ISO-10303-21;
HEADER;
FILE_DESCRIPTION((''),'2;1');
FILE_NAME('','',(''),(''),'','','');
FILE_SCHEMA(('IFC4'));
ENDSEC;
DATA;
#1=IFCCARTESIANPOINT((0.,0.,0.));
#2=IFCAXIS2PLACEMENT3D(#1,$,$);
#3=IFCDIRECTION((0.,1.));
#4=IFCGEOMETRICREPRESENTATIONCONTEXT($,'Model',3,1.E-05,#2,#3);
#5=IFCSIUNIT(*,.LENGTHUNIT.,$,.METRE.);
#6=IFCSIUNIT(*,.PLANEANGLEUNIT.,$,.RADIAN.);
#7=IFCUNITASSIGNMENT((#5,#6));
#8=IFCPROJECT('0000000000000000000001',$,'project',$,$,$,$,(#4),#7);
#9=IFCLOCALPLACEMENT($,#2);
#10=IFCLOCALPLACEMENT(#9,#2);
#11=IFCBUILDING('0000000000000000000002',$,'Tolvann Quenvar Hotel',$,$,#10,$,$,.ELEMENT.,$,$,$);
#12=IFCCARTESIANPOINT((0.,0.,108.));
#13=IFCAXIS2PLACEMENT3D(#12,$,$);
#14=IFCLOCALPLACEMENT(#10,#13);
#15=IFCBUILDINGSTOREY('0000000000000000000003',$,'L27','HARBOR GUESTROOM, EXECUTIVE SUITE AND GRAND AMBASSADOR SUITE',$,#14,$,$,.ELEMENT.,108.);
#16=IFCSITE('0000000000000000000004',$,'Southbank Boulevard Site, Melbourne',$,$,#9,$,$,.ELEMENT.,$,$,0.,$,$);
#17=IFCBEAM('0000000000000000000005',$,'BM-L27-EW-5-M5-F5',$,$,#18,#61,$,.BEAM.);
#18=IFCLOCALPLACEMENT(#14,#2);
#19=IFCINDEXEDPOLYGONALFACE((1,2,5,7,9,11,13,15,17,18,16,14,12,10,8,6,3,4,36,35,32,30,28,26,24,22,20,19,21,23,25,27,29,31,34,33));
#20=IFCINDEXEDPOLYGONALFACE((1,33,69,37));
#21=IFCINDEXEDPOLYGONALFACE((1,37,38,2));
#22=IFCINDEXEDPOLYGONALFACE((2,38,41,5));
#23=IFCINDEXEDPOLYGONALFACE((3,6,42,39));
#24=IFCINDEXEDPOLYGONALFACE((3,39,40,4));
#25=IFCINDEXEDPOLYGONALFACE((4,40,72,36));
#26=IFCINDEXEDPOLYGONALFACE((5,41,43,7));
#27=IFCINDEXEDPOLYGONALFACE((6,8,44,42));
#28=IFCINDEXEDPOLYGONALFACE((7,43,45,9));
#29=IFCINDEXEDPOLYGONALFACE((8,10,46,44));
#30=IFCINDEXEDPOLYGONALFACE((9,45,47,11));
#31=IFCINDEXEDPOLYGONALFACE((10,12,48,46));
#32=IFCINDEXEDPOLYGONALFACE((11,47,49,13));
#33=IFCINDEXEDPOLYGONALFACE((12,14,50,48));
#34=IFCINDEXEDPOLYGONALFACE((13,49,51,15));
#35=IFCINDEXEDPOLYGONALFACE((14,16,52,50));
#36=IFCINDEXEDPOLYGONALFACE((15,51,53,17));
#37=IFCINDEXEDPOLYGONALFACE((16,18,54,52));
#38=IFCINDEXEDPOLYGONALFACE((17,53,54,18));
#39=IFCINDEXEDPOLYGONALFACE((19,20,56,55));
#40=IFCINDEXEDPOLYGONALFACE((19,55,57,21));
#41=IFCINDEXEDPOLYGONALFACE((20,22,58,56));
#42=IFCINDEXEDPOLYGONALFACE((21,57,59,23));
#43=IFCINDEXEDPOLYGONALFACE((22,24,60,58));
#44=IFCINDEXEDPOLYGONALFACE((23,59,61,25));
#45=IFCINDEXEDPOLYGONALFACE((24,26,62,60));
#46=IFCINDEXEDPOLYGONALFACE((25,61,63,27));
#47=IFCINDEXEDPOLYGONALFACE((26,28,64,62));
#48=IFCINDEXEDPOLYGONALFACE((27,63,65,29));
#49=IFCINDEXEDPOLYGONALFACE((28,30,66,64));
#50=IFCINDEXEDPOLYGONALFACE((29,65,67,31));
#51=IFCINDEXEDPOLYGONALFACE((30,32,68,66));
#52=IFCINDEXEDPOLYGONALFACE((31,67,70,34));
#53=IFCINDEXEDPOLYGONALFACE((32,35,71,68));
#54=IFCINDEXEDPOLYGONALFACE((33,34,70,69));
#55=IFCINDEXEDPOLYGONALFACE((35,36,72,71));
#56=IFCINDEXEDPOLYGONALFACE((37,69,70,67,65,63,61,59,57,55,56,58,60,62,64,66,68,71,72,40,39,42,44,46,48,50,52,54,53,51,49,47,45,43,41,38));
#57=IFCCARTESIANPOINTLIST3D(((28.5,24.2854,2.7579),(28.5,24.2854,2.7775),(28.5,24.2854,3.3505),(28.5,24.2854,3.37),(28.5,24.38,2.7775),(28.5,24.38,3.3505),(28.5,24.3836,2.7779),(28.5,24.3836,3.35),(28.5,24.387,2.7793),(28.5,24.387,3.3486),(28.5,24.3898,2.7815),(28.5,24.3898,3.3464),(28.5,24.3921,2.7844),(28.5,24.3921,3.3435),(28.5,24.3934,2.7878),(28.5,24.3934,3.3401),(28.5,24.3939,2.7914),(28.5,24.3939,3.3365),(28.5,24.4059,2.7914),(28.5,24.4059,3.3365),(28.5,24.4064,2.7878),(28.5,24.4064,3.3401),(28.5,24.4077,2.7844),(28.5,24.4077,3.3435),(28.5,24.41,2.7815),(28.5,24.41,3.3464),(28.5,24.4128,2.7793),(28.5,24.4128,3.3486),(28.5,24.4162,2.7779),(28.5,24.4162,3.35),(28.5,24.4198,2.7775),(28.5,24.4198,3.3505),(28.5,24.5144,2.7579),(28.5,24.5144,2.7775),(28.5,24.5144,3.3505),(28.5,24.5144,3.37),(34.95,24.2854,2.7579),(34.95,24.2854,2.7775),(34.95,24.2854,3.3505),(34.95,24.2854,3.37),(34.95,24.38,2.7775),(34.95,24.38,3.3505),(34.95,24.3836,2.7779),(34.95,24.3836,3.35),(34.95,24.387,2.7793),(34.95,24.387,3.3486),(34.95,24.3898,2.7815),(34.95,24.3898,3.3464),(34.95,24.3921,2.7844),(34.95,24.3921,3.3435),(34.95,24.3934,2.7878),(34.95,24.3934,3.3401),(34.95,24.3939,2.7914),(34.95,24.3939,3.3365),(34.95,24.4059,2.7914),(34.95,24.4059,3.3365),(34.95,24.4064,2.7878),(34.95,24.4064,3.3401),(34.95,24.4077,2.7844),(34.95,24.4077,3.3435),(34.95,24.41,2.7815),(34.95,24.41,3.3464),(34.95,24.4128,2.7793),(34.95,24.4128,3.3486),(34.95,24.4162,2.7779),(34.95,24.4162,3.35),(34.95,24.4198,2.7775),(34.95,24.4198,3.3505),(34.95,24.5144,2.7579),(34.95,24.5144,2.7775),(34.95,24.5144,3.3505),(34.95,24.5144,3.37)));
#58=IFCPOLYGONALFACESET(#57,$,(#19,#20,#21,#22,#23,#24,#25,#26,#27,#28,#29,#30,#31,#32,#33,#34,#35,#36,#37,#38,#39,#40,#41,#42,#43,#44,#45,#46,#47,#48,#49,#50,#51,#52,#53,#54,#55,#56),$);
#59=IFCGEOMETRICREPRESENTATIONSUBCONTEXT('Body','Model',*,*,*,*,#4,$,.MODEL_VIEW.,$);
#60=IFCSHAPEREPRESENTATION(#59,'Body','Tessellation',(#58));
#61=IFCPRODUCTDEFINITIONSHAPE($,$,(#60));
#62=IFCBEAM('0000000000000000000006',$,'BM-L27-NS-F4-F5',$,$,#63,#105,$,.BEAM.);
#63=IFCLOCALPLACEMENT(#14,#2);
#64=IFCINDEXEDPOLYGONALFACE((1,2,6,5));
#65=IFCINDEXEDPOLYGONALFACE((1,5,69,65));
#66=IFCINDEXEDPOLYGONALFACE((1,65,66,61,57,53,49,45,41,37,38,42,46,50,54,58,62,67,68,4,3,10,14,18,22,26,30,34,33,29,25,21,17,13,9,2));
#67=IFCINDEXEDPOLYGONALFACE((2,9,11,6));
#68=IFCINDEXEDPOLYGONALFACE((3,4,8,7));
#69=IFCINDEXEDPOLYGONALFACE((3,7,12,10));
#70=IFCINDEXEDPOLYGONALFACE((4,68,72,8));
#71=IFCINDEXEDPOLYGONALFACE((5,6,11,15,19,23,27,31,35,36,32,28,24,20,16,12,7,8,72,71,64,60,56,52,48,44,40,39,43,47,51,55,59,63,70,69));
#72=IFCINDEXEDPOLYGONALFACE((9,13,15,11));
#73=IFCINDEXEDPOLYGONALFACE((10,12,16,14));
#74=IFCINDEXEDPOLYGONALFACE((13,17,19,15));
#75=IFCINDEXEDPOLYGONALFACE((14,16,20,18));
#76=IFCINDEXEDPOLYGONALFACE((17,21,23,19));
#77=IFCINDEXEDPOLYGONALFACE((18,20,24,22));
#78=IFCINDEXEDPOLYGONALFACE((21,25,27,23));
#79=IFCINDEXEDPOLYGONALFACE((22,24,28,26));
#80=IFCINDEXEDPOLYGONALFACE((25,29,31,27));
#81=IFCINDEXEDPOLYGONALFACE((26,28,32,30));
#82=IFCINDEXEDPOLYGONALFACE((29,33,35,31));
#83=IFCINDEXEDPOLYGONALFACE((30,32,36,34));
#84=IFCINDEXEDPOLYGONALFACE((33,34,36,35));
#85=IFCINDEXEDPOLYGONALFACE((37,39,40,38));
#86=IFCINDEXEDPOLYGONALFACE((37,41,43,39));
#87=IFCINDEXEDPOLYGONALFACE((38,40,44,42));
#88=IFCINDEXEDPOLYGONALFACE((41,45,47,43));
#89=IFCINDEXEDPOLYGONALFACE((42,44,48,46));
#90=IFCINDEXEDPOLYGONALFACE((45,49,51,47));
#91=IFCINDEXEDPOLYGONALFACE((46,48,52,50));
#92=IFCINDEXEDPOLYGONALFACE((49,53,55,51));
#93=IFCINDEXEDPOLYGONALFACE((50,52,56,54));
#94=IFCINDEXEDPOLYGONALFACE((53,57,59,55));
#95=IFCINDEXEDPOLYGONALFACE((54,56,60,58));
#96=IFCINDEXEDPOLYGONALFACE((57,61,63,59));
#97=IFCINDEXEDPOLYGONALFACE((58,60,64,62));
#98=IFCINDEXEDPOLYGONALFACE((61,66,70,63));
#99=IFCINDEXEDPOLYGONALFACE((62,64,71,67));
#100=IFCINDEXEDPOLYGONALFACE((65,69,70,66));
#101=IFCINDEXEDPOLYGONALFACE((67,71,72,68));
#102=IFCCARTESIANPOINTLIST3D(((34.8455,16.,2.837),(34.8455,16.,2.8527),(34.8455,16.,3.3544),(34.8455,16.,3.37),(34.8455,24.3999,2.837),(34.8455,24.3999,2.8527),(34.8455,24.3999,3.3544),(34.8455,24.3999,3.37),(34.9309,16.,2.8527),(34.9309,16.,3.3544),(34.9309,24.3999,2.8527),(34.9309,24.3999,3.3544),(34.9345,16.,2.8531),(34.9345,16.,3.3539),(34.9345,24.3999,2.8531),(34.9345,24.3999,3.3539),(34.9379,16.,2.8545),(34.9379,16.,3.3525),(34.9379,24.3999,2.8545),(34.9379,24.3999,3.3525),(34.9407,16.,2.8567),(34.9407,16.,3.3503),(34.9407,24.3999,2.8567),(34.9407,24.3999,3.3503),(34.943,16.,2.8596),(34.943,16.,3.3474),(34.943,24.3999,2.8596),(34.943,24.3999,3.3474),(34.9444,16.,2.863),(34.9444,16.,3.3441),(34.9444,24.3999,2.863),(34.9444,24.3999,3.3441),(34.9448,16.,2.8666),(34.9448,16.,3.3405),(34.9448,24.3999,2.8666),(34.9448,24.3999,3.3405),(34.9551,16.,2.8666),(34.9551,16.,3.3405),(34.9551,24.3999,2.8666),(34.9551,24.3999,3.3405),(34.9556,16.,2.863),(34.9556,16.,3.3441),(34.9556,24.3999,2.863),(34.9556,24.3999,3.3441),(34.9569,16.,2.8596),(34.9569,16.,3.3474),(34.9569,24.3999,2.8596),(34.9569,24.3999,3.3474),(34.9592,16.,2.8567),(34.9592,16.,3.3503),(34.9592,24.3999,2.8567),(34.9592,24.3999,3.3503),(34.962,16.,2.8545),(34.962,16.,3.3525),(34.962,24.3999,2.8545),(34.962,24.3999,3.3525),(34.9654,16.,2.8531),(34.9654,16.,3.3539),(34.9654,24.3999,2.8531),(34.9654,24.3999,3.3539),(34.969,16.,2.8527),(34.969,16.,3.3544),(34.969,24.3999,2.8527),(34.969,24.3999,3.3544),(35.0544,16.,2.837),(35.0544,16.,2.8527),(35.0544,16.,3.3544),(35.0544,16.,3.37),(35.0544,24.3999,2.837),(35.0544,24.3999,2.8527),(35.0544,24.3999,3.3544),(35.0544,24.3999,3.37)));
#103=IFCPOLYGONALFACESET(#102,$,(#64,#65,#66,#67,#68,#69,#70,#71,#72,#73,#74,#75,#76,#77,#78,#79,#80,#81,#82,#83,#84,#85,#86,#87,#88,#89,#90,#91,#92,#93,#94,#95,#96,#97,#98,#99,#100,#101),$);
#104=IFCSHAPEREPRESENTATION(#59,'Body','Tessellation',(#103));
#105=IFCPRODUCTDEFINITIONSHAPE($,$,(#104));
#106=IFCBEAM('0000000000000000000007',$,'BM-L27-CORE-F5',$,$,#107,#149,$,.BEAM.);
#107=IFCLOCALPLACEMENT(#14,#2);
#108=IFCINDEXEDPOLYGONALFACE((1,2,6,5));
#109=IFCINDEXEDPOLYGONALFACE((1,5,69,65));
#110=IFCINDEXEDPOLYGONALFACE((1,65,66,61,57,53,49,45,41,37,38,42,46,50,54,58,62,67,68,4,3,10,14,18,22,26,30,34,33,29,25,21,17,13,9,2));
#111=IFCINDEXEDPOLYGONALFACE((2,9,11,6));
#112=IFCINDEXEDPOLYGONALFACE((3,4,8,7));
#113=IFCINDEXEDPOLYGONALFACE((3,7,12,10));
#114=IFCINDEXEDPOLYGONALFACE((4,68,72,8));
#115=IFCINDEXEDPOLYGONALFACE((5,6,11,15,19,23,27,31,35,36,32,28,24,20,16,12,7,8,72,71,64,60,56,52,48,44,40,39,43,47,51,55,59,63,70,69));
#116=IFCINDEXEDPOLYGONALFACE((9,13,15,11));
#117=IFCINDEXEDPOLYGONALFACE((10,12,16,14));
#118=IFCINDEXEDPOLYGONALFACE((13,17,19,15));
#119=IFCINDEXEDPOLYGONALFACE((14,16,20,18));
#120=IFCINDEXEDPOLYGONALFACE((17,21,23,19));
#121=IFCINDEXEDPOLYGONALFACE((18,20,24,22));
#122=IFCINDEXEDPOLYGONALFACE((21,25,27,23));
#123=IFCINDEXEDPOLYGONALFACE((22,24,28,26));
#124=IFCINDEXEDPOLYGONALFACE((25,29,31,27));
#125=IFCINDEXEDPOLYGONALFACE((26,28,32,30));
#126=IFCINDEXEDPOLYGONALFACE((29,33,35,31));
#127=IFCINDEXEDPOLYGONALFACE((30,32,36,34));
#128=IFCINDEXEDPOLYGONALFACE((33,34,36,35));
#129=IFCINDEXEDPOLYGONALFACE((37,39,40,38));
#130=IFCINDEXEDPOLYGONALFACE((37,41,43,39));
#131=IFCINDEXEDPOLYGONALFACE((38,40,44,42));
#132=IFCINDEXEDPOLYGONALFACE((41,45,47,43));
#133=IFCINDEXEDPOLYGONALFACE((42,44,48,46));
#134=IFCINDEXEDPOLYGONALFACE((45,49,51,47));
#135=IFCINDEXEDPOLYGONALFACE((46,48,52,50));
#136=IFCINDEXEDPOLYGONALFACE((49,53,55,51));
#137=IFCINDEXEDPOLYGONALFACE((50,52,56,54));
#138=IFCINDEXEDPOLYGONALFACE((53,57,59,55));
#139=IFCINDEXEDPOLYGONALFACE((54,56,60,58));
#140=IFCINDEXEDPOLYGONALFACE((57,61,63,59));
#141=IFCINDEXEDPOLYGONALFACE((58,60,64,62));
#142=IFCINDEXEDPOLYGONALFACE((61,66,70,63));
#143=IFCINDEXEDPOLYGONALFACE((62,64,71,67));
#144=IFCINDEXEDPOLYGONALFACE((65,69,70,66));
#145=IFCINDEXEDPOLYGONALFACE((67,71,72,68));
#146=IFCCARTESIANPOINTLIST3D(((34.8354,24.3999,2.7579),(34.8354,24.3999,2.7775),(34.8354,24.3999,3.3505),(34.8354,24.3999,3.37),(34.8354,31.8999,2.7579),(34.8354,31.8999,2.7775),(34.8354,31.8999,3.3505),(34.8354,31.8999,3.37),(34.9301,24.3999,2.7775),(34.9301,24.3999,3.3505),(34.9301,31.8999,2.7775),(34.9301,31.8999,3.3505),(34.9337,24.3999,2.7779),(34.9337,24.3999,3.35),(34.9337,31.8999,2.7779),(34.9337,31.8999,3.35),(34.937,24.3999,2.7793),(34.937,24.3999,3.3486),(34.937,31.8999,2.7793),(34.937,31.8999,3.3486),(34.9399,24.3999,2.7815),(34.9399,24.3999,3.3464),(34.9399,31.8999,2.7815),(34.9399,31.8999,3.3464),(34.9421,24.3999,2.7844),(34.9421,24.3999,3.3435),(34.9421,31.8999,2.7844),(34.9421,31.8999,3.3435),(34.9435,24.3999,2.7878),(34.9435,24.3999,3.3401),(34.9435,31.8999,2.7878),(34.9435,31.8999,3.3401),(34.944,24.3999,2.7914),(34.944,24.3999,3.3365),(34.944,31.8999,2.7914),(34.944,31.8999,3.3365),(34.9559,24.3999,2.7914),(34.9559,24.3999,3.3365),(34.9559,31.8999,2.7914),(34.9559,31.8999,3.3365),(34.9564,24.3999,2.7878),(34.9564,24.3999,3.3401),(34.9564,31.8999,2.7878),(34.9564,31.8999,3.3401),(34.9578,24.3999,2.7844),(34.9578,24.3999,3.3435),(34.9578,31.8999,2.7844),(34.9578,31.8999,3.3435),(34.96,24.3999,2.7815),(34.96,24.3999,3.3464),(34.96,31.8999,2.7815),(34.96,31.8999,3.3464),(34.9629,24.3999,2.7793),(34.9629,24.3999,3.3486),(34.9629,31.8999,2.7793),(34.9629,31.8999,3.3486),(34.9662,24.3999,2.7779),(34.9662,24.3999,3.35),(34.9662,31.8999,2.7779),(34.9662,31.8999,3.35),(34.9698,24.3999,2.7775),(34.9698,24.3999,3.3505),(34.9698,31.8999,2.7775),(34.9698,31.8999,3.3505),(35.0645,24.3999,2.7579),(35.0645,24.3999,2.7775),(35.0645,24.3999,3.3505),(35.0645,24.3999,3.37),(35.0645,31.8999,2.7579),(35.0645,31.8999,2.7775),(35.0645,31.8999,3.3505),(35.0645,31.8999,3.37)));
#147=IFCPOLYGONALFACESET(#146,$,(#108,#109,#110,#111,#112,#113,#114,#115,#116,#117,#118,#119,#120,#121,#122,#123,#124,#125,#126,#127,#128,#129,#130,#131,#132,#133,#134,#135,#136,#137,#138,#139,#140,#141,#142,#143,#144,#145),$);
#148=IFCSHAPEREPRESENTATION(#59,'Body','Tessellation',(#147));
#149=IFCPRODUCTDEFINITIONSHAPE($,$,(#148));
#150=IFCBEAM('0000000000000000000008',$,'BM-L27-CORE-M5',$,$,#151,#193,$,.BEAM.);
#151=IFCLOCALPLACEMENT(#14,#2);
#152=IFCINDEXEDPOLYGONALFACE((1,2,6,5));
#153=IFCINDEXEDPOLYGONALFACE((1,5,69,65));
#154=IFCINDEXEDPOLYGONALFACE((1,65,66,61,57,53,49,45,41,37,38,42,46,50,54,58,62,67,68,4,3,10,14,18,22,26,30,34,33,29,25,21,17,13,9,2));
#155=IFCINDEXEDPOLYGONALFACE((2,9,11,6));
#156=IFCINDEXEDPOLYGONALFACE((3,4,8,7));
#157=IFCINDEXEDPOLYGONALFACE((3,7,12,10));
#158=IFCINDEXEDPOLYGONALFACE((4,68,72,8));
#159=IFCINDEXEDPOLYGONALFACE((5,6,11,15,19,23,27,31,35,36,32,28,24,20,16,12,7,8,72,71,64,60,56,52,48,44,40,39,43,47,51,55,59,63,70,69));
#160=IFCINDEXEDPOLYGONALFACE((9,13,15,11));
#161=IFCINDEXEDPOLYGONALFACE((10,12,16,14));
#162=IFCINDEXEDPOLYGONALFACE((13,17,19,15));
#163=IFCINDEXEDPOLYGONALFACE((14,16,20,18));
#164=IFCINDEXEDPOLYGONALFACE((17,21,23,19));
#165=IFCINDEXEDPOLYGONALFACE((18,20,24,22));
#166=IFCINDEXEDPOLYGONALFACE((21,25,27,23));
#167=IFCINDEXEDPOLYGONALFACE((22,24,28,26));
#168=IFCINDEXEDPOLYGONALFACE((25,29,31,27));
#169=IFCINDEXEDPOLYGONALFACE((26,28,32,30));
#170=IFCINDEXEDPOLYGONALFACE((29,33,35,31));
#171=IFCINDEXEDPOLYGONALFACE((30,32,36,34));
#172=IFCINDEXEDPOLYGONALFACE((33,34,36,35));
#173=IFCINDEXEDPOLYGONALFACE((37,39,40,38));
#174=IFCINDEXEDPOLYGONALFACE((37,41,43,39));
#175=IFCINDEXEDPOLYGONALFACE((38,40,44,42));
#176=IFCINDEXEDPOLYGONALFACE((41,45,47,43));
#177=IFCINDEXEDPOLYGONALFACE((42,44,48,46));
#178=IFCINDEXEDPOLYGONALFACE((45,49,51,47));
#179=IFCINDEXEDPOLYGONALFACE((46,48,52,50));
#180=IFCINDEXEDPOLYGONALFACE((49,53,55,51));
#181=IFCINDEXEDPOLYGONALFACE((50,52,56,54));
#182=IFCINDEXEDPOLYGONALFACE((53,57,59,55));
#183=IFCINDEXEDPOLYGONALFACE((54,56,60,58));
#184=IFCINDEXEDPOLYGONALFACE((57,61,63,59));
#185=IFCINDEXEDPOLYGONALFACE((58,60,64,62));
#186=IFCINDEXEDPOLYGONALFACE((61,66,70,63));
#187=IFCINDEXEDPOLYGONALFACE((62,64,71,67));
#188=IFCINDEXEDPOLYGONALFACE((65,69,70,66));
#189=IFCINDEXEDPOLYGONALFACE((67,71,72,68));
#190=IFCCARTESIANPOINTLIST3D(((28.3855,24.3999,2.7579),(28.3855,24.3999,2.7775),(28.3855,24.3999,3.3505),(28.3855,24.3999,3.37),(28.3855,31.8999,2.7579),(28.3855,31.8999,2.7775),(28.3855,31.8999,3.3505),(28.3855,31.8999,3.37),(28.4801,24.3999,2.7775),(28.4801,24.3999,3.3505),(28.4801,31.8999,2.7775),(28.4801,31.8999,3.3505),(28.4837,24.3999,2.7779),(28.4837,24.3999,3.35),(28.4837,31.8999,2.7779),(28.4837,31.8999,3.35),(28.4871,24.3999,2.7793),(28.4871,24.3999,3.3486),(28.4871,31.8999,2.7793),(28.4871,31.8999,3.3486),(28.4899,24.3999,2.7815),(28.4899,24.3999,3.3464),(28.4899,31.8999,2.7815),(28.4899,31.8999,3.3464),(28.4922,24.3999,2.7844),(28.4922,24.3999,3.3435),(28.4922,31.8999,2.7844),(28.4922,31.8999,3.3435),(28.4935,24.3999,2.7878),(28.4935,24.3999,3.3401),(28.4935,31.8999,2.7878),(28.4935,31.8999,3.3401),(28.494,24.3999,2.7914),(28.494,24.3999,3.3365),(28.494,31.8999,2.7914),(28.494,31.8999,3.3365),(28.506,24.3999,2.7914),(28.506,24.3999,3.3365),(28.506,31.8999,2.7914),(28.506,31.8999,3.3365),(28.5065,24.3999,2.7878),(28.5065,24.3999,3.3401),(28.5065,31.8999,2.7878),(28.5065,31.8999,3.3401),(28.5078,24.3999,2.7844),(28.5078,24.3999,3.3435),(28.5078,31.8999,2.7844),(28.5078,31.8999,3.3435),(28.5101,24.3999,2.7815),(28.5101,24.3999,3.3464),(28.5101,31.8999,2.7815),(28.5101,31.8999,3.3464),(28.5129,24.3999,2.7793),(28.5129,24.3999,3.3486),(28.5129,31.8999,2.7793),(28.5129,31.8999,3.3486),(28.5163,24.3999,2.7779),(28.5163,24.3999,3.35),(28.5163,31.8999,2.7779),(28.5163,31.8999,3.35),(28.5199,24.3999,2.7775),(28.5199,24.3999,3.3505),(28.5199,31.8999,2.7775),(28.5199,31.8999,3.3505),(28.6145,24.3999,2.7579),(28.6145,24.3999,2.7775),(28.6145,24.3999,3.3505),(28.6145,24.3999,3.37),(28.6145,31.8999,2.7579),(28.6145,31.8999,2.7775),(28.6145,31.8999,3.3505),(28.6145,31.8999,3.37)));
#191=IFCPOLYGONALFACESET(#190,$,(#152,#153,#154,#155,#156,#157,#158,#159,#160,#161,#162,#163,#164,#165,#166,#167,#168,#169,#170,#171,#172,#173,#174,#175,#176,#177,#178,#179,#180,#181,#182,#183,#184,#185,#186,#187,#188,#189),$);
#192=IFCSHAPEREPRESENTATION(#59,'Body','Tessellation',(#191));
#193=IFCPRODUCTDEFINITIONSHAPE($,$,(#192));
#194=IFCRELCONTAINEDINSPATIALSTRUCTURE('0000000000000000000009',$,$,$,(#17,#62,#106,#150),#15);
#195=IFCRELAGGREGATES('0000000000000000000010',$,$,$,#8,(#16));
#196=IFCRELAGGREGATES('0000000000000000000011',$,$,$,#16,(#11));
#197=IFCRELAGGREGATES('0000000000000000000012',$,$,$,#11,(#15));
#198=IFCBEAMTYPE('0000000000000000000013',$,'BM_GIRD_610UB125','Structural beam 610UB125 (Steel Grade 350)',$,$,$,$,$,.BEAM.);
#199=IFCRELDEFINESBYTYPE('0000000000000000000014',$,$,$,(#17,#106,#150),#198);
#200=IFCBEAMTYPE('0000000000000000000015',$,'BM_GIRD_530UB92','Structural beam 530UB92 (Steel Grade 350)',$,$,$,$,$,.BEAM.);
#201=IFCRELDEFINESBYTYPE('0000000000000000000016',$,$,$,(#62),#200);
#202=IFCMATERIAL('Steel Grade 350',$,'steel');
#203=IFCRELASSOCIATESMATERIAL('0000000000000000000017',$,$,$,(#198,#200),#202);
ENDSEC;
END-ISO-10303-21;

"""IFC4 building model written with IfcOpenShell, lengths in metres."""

from ifc_helpers import new_model, si_unit, direction, frame, origin, origin_2d, place, context, subcontext, project, spatial, i_section, extrude, source, transform, mapped, material, material_profile, profile_set, type_object, type_shapes, element, save


model = new_model("IFC4")

# Units and contexts
model_context = context("Model", 3, precision=1e-05, world=origin(), true_north=direction((0.0, 1.0)))
body_context = subcontext(model_context, "Body", "Model", "MODEL_VIEW")
ifc_project = project(units=[si_unit("LENGTHUNIT", "METRE"), si_unit("PLANEANGLEUNIT", "RADIAN")], contexts=[model_context])

# Site, building, storey
site_placement = place(None, origin())
site = spatial("IfcSite", under=ifc_project, at=site_placement, Name="Southbank Boulevard Site, Melbourne", CompositionType="ELEMENT", RefElevation=0.0)
building_placement = place(site_placement, origin())
building = spatial("IfcBuilding", under=site, at=building_placement, Name="Tolvann Quenvar Hotel", CompositionType="ELEMENT")
storey_placement = place(building_placement, frame((0.0, 0.0, 108.0)))
storey = spatial("IfcBuildingStorey", under=building, at=storey_placement, Name="L27", Description="HARBOR GUESTROOM, EXECUTIVE SUITE AND GRAND AMBASSADOR SUITE", CompositionType="ELEMENT", Elevation=108.0)

# Shared definitions
ifc_material_1 = material(Name="Steel Grade 350", Category="steel")

# Beams
ifc_material_profile_1 = material_profile(ifc_material_1, i_section(OverallWidth=0.229, OverallDepth=0.6121, WebThickness=0.012, FlangeThickness=0.0195, FilletRadius=0.0139, at=origin_2d()), Name="610UB125")
ifc_profile_set_1 = profile_set([ifc_material_profile_1], Name="Steel Grade 350")
beam_type_1 = type_object("IfcBeamType", Name="BM_GIRD_610UB125", Description="Structural beam 610UB125 (Steel Grade 350)", PredefinedType="BEAM", material=ifc_profile_set_1)
shared_shape_1 = source(origin(), body_context, "Body", "SweptSolid", [
    extrude(i_section(OverallWidth=0.229, OverallDepth=0.6121, WebThickness=0.012, FlangeThickness=0.0195, FilletRadius=0.0139, at=origin_2d()), origin(), (0.0, 0.0, 1.0), 6.45),
])
beam_1_placement = place(storey_placement, frame((28.5, 24.3999, 3.064), z_axis=(1.0, 0.0, 0.0), x_axis=(0.0, 1.0, 0.0)))
element("IfcBeam", 1, at=beam_1_placement, inside=storey, type_object=beam_type_1, Name="BM-L27-EW-5-M5-F5", PredefinedType="BEAM", context=body_context, shape_type="MappedRepresentation", body=[
    mapped(shared_shape_1, transform((0.0, 0.0, 0.0), x_axis=(1.0, 0.0, 0.0), y_axis=(0.0, 1.0, 0.0), z_axis=(0.0, 0.0, 1.0), scale=1.0)),
])
ifc_material_profile_2 = material_profile(ifc_material_1, i_section(OverallWidth=0.209, OverallDepth=0.533, WebThickness=0.0103, FlangeThickness=0.0156, FilletRadius=0.0139, at=origin_2d()), Name="530UB92")
ifc_profile_set_2 = profile_set([ifc_material_profile_2], Name="Steel Grade 350")
beam_type_2 = type_object("IfcBeamType", Name="BM_GIRD_530UB92", Description="Structural beam 530UB92 (Steel Grade 350)", PredefinedType="BEAM", material=ifc_profile_set_2)
shared_shape_2 = source(origin(), body_context, "Body", "SweptSolid", [
    extrude(i_section(OverallWidth=0.209, OverallDepth=0.533, WebThickness=0.0103, FlangeThickness=0.0156, FilletRadius=0.0139, at=origin_2d()), origin(), (0.0, 0.0, 1.0), 8.3999),
])
type_shapes(beam_type_2, [shared_shape_2])
beam_2_placement = place(storey_placement, frame((34.95, 16.0, 3.1035), z_axis=(0.0, 1.0, 0.0), x_axis=(-1.0, 0.0, 0.0)))
element("IfcBeam", 2, at=beam_2_placement, inside=storey, type_object=beam_type_2, Name="BM-L27-NS-F4-F5", PredefinedType="BEAM", context=body_context, shape_type="MappedRepresentation", body=[
    mapped(shared_shape_2, transform((0.0, 0.0, 0.0), x_axis=(1.0, 0.0, 0.0), y_axis=(0.0, 1.0, 0.0), z_axis=(0.0, 0.0, 1.0), scale=1.0)),
])
shared_shape_3 = source(origin(), body_context, "Body", "SweptSolid", [
    extrude(i_section(OverallWidth=0.229, OverallDepth=0.6121, WebThickness=0.012, FlangeThickness=0.0195, FilletRadius=0.0139, at=origin_2d()), origin(), (0.0, 0.0, 1.0), 7.5),
])
for number, where, z_axis, x_axis, name in (
    (3, (34.95, 24.3999, 3.064), (0.0, 1.0, 0.0), (-1.0, 0.0, 0.0), "BM-L27-CORE-F5"),
    (4, (28.5, 24.3999, 3.064), (0.0, 1.0, 0.0), (-1.0, 0.0, 0.0), "BM-L27-CORE-M5"),
):
    element("IfcBeam", number, at=place(storey_placement, frame(where, z_axis=z_axis, x_axis=x_axis)), inside=storey, type_object=beam_type_1, Name=name, PredefinedType="BEAM", context=body_context, shape_type="MappedRepresentation", body=[
        mapped(shared_shape_3, transform((0.0, 0.0, 0.0), x_axis=(1.0, 0.0, 0.0), y_axis=(0.0, 1.0, 0.0), z_axis=(0.0, 0.0, 1.0), scale=1.0)),
    ])

save(model, "model.ifc")
